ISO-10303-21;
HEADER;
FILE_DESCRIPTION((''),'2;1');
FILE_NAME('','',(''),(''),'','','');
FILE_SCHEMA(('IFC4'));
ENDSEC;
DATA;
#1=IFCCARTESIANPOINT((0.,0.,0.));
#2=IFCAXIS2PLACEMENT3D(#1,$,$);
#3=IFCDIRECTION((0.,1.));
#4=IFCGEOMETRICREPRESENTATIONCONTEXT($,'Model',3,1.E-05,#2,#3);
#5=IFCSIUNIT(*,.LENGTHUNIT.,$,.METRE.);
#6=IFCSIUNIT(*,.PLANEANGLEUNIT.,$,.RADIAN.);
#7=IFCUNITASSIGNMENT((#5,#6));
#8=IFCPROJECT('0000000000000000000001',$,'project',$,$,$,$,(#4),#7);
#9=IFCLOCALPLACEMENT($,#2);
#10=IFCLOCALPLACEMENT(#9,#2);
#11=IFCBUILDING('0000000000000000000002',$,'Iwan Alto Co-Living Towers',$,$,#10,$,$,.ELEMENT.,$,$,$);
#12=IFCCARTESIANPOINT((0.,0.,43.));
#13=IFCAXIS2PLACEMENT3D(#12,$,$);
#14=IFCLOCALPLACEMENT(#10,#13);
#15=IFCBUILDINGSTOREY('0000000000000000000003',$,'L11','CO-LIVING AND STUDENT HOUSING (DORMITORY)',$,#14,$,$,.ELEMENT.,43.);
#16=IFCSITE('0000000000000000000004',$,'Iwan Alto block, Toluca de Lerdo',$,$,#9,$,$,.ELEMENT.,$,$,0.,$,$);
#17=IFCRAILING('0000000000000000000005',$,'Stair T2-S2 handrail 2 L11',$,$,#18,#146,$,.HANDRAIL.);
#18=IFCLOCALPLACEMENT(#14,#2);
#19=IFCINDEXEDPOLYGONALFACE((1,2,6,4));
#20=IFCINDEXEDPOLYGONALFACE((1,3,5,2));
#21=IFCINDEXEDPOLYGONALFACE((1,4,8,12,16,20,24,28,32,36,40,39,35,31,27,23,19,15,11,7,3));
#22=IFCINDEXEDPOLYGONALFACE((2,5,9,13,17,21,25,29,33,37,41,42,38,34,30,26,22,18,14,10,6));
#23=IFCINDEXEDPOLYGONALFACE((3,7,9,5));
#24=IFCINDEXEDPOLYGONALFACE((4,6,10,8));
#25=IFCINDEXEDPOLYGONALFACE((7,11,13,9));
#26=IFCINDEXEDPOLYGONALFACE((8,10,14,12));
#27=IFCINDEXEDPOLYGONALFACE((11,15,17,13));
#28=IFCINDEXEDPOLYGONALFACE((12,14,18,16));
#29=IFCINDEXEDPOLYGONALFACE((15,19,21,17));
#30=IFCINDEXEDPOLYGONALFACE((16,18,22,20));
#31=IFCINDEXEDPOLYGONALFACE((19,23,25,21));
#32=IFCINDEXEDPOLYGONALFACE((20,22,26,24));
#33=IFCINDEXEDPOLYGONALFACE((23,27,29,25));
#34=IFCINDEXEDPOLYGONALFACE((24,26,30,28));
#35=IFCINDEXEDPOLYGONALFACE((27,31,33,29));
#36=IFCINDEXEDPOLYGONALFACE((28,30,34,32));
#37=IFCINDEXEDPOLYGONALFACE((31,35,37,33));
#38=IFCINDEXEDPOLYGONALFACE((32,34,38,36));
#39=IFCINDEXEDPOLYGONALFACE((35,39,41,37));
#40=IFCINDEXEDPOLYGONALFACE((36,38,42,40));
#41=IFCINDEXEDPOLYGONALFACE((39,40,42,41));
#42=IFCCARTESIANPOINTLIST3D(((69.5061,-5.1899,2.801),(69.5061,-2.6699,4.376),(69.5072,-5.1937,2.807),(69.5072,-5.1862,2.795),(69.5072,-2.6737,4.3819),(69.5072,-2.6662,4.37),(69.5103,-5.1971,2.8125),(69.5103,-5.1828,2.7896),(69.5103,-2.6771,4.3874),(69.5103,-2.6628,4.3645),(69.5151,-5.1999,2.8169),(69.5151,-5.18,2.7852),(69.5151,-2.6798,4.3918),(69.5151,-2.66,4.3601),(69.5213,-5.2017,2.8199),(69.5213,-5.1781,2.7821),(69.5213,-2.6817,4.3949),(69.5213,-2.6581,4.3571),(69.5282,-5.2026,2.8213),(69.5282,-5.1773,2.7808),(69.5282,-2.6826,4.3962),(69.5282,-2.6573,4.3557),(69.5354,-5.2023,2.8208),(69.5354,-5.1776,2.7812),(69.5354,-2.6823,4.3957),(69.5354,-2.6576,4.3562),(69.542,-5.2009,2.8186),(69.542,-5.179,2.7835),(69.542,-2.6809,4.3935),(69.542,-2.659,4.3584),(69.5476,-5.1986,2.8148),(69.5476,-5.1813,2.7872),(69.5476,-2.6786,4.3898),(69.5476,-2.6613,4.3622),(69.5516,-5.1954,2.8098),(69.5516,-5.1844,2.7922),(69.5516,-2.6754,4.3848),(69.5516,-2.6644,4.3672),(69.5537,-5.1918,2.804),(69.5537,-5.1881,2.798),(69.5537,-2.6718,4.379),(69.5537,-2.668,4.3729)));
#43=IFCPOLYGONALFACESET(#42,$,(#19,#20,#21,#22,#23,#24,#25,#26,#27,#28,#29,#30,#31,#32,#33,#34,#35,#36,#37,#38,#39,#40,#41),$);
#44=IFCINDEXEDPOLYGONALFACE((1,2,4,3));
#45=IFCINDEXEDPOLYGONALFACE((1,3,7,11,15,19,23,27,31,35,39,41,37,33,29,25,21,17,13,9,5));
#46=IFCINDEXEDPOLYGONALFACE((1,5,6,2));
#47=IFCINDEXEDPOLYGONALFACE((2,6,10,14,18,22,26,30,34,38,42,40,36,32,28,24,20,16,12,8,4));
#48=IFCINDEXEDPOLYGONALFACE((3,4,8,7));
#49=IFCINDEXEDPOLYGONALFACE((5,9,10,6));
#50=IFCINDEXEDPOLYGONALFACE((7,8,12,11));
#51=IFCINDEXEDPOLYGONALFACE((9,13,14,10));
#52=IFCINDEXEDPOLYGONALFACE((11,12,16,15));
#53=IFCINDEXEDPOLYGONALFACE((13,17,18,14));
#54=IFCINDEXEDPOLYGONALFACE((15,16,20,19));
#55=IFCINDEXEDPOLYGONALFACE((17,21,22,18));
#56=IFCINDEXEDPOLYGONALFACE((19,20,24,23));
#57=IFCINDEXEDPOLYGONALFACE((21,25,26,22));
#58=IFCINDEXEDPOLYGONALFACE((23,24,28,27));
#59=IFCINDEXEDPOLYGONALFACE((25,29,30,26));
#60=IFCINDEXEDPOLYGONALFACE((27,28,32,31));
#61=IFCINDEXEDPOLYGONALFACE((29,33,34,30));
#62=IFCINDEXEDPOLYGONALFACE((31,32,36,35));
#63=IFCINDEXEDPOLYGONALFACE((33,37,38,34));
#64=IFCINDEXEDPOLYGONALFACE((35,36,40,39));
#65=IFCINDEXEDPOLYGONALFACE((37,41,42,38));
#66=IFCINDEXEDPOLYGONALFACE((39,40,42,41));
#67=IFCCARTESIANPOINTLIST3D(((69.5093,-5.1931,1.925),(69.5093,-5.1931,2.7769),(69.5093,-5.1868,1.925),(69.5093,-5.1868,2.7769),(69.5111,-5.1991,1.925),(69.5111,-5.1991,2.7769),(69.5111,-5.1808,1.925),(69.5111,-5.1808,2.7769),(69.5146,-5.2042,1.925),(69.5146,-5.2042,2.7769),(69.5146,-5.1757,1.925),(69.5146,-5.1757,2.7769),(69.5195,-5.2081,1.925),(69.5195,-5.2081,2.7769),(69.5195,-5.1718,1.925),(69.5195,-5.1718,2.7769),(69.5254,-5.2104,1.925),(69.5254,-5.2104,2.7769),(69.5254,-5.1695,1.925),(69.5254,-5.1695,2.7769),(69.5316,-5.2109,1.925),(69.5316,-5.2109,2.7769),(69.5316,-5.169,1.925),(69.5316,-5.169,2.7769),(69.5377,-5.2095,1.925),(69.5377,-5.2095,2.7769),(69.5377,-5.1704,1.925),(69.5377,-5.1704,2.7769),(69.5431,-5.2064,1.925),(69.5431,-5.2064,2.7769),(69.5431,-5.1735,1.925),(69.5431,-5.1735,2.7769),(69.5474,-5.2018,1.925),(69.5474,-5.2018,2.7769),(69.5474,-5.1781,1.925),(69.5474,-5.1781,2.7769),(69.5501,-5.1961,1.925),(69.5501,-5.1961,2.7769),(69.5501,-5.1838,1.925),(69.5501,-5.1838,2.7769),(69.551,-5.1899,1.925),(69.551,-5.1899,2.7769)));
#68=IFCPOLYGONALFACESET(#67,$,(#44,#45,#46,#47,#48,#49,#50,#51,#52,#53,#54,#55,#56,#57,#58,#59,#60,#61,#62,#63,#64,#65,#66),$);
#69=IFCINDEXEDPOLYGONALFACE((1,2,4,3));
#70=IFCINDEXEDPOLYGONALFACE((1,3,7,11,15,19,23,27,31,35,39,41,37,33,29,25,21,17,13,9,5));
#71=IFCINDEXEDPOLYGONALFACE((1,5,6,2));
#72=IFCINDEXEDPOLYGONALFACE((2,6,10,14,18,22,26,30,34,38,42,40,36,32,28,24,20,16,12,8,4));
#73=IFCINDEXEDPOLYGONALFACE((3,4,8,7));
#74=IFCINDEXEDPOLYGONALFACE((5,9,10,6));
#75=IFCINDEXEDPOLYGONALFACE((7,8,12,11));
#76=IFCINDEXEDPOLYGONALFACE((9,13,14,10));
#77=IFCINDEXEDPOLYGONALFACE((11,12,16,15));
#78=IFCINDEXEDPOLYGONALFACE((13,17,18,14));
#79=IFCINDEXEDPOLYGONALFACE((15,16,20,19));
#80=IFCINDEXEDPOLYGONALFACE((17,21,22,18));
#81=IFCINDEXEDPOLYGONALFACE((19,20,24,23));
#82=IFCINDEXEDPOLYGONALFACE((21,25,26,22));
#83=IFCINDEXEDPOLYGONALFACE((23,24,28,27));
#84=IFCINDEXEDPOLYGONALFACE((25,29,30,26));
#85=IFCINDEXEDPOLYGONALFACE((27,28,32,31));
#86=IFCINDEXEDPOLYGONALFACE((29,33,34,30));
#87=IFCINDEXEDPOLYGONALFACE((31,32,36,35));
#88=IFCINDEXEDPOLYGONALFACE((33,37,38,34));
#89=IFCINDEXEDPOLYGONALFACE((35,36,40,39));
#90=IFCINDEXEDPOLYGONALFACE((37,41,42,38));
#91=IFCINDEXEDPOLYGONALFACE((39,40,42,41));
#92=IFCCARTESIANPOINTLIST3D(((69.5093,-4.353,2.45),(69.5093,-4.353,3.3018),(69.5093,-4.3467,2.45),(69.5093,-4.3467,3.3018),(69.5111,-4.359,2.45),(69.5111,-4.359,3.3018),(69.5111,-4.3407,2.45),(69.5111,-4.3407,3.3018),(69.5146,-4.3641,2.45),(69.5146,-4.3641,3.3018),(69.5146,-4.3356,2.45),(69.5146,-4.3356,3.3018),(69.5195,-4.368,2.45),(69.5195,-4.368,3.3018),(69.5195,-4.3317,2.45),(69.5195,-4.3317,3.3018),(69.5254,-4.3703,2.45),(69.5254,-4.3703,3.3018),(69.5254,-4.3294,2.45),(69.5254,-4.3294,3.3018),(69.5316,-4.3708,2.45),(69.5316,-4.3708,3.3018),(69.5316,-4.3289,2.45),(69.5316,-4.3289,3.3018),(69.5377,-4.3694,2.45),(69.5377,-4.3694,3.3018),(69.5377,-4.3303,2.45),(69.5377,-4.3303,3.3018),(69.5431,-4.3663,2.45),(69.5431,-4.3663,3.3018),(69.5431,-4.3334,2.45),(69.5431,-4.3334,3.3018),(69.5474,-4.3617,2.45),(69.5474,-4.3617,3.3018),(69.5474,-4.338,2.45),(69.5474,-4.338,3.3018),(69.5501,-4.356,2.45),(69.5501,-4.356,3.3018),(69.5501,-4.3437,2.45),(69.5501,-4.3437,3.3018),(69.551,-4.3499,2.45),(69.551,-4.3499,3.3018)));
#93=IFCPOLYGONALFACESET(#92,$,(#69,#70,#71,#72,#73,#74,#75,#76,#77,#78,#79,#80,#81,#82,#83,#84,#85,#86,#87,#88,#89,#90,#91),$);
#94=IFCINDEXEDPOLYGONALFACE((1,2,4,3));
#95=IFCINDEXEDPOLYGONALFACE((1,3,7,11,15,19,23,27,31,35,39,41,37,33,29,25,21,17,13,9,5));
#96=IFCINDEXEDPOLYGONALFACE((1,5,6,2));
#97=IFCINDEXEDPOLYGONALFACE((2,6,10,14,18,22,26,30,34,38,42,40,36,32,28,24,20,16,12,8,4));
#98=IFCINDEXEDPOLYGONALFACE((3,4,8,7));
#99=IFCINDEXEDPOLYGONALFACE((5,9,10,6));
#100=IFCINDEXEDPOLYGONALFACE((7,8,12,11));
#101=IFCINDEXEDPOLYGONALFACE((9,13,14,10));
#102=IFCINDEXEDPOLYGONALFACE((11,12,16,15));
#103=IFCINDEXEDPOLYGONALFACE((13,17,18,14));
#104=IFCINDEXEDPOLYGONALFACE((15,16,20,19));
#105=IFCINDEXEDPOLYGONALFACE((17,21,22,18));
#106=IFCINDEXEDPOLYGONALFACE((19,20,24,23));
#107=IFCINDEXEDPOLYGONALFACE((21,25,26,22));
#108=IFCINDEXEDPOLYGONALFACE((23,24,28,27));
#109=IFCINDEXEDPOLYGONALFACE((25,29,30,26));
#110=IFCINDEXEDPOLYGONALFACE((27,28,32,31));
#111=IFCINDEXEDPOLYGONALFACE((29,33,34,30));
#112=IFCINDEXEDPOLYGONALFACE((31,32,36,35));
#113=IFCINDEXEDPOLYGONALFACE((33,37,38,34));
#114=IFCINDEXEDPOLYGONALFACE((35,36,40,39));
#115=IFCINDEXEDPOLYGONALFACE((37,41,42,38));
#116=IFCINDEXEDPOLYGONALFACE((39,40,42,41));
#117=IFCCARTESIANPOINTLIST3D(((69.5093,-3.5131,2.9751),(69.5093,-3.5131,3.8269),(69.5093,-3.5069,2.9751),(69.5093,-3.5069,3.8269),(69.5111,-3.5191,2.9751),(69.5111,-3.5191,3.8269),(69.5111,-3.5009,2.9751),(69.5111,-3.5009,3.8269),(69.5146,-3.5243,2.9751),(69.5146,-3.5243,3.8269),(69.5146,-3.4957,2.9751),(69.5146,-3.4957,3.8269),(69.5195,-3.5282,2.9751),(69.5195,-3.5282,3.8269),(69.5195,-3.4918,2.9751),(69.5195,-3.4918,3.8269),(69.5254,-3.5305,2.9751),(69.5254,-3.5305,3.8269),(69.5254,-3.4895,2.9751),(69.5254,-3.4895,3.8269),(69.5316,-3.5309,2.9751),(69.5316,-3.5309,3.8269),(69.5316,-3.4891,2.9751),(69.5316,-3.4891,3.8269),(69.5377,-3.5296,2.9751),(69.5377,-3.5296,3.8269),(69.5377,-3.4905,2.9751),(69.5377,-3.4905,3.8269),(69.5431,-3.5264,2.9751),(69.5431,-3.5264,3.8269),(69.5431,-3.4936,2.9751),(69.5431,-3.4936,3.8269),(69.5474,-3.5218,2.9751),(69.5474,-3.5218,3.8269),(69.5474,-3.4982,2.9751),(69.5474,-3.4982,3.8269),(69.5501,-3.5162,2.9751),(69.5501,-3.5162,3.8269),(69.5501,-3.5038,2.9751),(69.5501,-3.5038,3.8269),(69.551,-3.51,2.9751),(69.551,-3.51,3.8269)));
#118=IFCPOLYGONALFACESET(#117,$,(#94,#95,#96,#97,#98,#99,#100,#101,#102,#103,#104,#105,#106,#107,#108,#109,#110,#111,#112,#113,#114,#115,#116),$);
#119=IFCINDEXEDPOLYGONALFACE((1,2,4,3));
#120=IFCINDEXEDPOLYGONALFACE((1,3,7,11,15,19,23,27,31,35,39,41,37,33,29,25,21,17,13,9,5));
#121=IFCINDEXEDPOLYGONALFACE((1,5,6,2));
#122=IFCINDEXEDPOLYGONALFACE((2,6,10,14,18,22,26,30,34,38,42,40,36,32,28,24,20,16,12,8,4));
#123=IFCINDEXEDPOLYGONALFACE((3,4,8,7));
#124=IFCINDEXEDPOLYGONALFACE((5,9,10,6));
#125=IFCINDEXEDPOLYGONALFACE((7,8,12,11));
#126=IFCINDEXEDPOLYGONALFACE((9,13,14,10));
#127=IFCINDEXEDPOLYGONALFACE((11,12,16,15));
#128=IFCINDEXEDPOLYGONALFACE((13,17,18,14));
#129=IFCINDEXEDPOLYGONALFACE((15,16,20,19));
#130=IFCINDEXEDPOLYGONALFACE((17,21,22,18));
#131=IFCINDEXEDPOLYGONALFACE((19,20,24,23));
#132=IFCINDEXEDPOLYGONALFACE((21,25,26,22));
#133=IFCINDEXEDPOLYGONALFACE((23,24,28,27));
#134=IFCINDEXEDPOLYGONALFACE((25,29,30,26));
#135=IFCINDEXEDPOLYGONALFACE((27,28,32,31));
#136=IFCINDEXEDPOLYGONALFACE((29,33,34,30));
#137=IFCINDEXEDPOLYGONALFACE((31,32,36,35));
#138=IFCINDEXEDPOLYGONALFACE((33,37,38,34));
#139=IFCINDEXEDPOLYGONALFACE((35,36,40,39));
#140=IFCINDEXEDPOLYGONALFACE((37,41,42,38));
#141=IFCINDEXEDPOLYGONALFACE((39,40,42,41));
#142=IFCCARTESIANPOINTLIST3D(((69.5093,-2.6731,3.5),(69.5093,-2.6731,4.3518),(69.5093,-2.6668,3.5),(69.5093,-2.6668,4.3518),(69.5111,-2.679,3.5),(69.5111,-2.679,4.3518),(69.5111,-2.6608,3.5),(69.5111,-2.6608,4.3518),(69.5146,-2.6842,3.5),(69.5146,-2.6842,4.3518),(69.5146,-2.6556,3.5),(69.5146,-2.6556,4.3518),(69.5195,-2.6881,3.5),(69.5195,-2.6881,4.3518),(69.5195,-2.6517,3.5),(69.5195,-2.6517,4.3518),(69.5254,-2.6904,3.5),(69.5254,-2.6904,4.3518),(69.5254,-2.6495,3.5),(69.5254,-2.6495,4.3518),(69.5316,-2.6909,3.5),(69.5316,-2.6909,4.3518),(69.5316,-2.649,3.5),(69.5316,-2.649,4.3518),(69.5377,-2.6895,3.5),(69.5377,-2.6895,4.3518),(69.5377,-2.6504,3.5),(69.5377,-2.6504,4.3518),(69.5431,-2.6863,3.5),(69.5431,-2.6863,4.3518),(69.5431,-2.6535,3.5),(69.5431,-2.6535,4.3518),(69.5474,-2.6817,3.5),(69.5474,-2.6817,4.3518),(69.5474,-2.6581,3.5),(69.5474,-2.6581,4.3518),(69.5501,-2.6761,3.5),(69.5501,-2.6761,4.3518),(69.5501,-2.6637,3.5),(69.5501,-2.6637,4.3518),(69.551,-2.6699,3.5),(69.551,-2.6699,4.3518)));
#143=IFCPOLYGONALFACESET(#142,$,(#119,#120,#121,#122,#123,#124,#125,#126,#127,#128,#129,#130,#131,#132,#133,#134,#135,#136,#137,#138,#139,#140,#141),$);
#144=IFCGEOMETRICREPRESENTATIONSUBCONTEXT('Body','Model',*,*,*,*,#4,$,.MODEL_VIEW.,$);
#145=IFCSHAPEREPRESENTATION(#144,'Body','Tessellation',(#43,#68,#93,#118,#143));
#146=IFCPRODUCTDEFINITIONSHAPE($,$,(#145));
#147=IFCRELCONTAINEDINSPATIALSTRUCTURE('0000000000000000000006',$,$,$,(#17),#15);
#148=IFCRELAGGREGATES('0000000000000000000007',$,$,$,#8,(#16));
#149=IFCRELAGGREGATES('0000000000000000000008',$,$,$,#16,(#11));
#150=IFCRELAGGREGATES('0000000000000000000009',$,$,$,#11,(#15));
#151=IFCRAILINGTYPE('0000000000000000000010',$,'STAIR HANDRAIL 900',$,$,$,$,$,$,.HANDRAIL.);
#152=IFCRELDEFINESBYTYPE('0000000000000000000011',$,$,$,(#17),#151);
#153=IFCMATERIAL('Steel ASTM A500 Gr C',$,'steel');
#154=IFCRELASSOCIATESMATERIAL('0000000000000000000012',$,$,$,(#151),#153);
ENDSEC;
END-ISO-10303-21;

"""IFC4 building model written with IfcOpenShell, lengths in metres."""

from ifc_helpers import new_model, si_unit, direction, frame, origin, origin_2d, place, context, subcontext, project, spatial, circle, extrude, material, type_object, element, save


model = new_model("IFC4")

# Units and contexts
model_context = context("Model", 3, precision=1e-05, world=origin(), true_north=direction((0.0, 1.0)))
body_context = subcontext(model_context, "Body", "Model", "MODEL_VIEW")
ifc_project = project(units=[si_unit("LENGTHUNIT", "METRE"), si_unit("PLANEANGLEUNIT", "RADIAN")], contexts=[model_context])

# Site, building, storey
site_placement = place(None, origin())
site = spatial("IfcSite", under=ifc_project, at=site_placement, Name="Iwan Alto block, Toluca de Lerdo", CompositionType="ELEMENT", RefElevation=0.0)
building_placement = place(site_placement, origin())
building = spatial("IfcBuilding", under=site, at=building_placement, Name="Iwan Alto Co-Living Towers", CompositionType="ELEMENT")
storey_placement = place(building_placement, frame((0.0, 0.0, 43.0)))
storey = spatial("IfcBuildingStorey", under=building, at=storey_placement, Name="L11", Description="CO-LIVING AND STUDENT HOUSING (DORMITORY)", CompositionType="ELEMENT", Elevation=43.0)

# Railing
ifc_material_1 = material(Name="Steel ASTM A500 Gr C", Category="steel")
railing_type = type_object("IfcRailingType", Name="STAIR HANDRAIL 900", PredefinedType="HANDRAIL", material=ifc_material_1)
railing_1_placement = place(storey_placement, frame((69.53, -5.1899, 1.925)))
element("IfcRailing", 1, at=railing_1_placement, inside=storey, type_object=railing_type, Name="Stair T2-S2 handrail 2 L11", PredefinedType="HANDRAIL", context=body_context, shape_type="SweptSolid", body=[
    extrude(circle(Radius=0.0239, at=origin_2d()), frame((0.0, 0.0, 0.876), z_axis=(0.0, 0.848008, 0.529984), x_axis=(-1.0, 0.0, 0.0)), (0.0, 0.0, 1.0), 2.9717),
    extrude(circle(Radius=0.021, at=origin_2d()), origin(), (0.0, 0.0, 1.0), 0.8518),
    extrude(circle(Radius=0.021, at=origin_2d()), frame((0.0, 0.8401, 0.5249)), (0.0, 0.0, 1.0), 0.8518),
    extrude(circle(Radius=0.021, at=origin_2d()), frame((0.0, 1.6799, 1.05)), (0.0, 0.0, 1.0), 0.8518),
    extrude(circle(Radius=0.021, at=origin_2d()), frame((0.0, 2.52, 1.575)), (0.0, 0.0, 1.0), 0.8518),
])

save(model, "model.ifc")
